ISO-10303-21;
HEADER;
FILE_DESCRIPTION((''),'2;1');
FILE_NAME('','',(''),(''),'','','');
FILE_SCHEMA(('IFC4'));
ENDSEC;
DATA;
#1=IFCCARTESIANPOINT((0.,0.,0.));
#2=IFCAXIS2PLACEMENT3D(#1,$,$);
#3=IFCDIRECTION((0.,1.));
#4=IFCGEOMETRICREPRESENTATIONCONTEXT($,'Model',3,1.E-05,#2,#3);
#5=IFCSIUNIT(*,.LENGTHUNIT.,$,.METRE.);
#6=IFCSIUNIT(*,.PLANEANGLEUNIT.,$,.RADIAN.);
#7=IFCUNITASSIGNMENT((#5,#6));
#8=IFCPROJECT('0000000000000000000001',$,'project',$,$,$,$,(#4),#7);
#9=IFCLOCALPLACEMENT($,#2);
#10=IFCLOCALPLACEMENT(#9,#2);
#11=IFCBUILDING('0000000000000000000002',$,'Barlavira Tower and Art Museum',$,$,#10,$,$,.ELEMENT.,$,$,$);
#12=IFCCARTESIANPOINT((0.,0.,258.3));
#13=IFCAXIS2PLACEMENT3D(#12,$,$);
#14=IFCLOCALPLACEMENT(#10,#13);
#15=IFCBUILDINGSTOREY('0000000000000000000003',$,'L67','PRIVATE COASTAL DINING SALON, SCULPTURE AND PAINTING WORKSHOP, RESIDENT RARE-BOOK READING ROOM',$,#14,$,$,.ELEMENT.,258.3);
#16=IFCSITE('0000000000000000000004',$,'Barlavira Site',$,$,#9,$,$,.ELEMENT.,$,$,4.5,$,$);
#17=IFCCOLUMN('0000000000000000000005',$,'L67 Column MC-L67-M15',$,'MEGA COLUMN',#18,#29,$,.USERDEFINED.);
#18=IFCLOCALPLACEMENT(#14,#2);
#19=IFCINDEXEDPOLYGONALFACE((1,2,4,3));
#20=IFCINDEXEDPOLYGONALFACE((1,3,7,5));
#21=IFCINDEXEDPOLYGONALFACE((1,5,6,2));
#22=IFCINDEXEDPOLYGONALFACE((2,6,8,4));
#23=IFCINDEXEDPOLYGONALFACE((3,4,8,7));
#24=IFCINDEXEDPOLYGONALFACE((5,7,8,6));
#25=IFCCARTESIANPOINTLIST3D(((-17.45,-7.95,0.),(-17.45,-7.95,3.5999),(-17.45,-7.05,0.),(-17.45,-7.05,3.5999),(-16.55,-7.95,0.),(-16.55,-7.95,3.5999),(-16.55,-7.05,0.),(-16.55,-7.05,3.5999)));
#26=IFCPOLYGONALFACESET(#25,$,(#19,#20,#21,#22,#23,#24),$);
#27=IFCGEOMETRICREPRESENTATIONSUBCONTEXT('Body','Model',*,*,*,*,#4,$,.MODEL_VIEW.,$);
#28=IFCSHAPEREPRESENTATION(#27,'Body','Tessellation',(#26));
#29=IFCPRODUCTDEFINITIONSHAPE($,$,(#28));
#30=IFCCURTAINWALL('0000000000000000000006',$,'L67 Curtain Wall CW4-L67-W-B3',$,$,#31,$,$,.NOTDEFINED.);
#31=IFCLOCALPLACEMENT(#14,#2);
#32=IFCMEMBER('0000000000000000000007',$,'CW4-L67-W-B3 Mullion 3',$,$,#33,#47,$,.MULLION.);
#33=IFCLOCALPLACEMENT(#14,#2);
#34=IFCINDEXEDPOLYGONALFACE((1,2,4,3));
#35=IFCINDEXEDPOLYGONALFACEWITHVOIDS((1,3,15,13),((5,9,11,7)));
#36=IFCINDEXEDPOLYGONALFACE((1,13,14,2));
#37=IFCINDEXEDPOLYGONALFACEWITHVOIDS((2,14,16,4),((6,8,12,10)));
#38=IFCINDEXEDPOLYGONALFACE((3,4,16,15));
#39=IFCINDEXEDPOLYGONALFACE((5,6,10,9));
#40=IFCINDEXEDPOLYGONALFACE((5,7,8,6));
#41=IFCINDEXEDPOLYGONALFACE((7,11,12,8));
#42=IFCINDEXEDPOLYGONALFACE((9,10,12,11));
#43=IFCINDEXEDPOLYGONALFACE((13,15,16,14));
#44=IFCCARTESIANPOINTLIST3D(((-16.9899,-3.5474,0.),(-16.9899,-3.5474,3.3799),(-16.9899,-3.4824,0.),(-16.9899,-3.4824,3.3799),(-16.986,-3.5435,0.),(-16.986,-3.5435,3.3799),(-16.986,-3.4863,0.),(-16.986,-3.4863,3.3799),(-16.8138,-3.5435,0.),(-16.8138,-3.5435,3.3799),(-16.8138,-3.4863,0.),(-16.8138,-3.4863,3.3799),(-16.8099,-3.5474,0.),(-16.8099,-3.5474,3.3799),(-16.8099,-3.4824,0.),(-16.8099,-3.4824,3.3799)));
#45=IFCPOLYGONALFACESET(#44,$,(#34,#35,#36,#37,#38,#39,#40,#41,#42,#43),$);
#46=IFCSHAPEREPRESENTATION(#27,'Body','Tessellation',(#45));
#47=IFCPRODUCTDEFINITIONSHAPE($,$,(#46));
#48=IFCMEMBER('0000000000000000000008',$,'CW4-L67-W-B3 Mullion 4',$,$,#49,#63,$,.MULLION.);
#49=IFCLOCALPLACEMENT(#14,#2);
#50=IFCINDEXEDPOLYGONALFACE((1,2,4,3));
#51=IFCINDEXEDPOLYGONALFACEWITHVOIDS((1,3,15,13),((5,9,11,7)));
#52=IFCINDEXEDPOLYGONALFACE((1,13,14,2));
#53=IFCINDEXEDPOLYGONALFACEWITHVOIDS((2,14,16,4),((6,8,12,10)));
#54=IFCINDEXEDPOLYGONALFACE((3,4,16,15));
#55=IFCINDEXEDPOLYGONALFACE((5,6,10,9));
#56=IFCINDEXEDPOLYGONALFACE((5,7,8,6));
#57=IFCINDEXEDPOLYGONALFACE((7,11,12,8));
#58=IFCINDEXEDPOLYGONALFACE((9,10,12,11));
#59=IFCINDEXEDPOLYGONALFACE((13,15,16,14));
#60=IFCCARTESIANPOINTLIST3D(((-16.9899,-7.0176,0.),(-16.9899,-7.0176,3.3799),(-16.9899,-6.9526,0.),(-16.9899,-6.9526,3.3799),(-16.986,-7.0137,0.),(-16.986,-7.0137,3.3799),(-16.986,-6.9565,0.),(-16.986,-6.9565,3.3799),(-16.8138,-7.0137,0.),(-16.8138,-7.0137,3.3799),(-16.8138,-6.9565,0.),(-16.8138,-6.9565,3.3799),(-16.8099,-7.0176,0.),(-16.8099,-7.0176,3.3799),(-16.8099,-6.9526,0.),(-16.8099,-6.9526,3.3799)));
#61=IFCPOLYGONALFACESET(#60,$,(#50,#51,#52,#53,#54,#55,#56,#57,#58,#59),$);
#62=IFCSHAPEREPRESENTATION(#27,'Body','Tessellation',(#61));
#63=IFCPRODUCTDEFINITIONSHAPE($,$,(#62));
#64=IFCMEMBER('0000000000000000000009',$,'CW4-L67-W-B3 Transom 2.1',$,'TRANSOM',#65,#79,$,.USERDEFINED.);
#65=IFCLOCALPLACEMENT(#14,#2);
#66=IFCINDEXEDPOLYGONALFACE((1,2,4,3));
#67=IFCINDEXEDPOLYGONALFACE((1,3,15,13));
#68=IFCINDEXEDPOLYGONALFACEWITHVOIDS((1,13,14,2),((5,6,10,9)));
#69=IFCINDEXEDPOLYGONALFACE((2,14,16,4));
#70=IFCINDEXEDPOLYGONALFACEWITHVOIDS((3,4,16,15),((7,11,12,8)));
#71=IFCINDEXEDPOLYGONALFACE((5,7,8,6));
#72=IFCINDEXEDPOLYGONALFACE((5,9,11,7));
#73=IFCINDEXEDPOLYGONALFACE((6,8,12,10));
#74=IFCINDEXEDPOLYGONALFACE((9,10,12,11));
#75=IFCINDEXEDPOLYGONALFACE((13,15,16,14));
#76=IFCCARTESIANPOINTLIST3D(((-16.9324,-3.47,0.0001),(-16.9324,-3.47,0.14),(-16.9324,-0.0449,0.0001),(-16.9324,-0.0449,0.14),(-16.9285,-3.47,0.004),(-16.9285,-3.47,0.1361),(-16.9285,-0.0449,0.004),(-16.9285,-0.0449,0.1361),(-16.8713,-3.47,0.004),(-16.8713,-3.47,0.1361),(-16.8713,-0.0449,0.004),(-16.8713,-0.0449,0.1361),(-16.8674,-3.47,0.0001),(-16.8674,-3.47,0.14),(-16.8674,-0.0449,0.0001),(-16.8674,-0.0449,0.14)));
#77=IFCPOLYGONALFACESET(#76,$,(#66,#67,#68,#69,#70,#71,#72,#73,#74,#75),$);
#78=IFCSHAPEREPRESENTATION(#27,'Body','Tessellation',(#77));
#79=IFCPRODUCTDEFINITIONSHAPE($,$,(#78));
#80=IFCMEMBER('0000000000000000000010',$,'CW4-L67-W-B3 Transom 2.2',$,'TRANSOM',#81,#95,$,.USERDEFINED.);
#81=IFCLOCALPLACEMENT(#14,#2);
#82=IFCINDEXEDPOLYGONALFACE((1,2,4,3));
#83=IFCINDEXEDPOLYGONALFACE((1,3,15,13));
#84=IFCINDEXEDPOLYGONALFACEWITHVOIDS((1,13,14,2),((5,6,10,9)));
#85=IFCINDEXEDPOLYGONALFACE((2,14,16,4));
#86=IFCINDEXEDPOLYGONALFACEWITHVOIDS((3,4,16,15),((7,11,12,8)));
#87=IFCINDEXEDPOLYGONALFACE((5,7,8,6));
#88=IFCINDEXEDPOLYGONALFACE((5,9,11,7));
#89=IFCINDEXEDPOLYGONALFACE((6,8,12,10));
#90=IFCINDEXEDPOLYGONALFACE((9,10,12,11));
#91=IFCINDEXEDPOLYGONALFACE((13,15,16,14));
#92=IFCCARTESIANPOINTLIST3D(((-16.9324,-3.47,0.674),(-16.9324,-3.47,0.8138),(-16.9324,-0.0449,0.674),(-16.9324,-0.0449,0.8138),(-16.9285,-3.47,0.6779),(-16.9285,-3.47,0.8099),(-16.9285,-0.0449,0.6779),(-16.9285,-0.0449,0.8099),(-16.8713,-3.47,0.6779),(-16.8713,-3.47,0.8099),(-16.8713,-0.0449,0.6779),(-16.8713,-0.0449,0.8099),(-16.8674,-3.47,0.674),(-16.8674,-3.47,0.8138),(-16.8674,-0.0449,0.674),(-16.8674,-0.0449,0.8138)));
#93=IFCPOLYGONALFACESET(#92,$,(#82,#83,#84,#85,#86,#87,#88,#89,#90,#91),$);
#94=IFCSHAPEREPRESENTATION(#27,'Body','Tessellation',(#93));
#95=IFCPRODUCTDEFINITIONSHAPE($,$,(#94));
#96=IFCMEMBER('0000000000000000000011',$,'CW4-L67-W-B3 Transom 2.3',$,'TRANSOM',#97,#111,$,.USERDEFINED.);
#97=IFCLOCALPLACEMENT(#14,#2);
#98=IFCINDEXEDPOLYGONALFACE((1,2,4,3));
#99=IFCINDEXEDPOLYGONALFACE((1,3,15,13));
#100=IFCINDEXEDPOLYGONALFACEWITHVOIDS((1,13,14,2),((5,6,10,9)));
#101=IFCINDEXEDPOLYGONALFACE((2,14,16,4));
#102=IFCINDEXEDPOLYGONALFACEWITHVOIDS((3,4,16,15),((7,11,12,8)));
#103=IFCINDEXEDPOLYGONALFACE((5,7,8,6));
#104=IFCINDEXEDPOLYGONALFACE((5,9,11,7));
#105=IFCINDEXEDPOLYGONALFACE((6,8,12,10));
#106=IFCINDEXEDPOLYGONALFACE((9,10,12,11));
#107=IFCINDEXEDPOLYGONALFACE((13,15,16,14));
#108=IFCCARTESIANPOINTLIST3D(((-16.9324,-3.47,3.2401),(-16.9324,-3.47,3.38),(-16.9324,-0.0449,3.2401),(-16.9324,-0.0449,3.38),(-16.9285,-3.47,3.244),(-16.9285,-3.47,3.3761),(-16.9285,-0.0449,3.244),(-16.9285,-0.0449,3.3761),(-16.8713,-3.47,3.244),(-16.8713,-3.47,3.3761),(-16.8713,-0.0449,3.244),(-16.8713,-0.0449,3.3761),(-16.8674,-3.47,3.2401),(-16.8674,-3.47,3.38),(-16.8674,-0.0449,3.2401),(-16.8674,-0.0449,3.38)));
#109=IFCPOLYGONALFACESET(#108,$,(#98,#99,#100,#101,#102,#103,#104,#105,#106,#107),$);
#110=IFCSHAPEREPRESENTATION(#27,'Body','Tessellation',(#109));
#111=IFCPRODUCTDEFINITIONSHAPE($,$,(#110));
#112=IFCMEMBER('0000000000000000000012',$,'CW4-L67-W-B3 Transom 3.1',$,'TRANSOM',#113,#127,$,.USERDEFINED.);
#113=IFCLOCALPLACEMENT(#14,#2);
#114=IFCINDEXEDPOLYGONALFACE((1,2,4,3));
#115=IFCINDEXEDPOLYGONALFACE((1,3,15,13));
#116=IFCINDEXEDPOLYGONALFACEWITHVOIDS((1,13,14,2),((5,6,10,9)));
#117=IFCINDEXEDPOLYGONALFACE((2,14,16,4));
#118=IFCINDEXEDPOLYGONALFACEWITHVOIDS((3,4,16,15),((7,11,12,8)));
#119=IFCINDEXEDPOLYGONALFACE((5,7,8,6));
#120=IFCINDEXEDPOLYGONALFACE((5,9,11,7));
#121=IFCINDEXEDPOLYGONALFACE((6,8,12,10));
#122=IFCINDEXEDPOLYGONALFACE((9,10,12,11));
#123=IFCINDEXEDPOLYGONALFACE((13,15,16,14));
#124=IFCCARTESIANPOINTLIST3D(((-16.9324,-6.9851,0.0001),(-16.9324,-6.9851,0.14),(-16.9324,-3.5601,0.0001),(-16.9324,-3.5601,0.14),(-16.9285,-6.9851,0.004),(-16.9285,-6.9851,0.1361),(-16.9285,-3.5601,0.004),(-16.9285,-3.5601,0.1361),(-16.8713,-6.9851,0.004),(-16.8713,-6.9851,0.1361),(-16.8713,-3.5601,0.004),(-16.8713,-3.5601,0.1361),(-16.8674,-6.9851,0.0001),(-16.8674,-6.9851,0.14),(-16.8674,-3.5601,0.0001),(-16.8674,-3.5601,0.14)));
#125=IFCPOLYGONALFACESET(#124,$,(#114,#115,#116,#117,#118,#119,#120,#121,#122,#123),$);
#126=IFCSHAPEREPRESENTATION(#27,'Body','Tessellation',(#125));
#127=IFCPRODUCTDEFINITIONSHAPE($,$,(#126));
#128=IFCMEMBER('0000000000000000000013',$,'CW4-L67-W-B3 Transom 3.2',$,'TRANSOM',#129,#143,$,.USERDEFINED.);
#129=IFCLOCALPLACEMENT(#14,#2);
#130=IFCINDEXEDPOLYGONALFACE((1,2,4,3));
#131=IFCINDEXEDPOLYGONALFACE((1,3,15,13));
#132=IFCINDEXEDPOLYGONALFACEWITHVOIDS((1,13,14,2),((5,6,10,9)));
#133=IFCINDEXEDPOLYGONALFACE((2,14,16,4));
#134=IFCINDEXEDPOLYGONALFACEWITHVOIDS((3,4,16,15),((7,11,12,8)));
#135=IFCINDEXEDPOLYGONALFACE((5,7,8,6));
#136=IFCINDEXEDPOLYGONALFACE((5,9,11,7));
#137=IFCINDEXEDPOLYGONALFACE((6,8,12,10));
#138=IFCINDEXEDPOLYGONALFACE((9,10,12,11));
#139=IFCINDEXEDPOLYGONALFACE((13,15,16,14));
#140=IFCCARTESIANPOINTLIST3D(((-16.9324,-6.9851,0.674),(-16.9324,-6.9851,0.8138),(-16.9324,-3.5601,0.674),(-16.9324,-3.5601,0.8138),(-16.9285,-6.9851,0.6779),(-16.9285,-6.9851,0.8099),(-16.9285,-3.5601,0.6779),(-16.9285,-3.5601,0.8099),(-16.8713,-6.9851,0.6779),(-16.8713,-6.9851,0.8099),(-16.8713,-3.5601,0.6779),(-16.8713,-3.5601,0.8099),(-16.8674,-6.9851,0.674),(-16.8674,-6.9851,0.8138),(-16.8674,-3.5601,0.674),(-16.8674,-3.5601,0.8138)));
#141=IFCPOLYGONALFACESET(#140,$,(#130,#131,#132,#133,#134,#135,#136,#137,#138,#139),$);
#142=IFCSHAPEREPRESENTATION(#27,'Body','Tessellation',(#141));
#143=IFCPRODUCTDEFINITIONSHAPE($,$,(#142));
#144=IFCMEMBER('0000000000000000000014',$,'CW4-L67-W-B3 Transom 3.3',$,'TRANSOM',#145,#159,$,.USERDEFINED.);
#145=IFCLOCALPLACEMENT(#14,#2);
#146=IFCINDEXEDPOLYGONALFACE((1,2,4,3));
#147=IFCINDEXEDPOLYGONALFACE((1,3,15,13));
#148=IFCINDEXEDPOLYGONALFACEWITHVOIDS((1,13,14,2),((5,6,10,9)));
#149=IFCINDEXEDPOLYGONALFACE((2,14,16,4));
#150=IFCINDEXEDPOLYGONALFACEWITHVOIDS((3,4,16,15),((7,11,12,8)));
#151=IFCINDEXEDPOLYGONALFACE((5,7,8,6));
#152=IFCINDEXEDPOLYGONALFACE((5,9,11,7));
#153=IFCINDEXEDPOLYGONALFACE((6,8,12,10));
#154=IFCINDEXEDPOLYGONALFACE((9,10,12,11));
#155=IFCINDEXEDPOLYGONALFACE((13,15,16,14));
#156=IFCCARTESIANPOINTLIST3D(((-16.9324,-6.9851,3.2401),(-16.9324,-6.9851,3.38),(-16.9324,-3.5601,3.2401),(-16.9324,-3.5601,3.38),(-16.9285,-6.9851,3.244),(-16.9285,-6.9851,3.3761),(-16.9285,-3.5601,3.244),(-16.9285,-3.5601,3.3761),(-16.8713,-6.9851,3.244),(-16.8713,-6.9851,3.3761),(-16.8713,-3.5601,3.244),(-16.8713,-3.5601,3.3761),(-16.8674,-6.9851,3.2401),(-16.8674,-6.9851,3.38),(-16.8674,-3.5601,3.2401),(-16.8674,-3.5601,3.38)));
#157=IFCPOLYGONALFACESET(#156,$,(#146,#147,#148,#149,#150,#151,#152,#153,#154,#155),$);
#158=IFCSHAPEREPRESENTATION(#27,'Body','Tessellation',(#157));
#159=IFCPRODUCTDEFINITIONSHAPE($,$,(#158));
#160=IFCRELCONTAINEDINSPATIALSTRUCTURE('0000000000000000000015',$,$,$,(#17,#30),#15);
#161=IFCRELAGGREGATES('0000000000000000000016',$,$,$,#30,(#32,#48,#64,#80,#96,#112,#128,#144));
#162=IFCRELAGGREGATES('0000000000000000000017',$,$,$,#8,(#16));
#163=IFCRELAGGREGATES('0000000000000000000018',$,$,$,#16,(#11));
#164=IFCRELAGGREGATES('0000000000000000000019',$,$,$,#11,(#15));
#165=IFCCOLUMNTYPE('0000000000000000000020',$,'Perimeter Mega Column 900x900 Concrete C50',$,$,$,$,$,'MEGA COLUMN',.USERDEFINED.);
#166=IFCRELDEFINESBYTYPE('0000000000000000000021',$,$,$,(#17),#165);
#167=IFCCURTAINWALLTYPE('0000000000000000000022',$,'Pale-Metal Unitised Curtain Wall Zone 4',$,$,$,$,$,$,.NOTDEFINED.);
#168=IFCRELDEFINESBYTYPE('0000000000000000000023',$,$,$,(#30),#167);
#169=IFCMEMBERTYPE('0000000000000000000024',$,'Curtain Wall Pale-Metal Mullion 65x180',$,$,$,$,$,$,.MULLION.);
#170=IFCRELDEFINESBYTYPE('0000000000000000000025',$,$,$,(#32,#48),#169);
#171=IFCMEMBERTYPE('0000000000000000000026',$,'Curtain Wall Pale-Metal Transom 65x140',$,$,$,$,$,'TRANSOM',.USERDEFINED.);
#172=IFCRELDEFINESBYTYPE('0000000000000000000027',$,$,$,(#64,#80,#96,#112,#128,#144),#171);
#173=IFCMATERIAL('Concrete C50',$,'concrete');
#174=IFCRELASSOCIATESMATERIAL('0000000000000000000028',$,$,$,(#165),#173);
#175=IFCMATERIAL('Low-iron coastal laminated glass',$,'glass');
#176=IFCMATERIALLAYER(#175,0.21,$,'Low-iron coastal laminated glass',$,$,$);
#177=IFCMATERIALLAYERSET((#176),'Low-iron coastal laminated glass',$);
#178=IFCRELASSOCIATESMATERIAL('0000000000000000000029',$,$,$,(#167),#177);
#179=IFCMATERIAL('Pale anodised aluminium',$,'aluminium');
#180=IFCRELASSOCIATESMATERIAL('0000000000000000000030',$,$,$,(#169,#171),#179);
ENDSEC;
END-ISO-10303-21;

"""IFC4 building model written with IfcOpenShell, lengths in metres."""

from ifc_helpers import new_model, si_unit, direction, frame, origin, origin_2d, place, context, subcontext, project, spatial, rectangle, hollow_rectangle, extrude, material, layer, layer_set, material_profile, profile_set, type_object, element, aggregate, save


model = new_model("IFC4")

# Units and contexts
model_context = context("Model", 3, precision=1e-05, world=origin(), true_north=direction((0.0, 1.0)))
body_context = subcontext(model_context, "Body", "Model", "MODEL_VIEW")
ifc_project = project(units=[si_unit("LENGTHUNIT", "METRE"), si_unit("PLANEANGLEUNIT", "RADIAN")], contexts=[model_context])

# Site, building, storey
site_placement = place(None, origin())
site = spatial("IfcSite", under=ifc_project, at=site_placement, Name="Barlavira Site", CompositionType="ELEMENT", RefElevation=4.5)
building_placement = place(site_placement, origin())
building = spatial("IfcBuilding", under=site, at=building_placement, Name="Barlavira Tower and Art Museum", CompositionType="ELEMENT")
storey_placement = place(building_placement, frame((0.0, 0.0, 258.3)))
storey = spatial("IfcBuildingStorey", under=building, at=storey_placement, Name="L67", Description="PRIVATE COASTAL DINING SALON, SCULPTURE AND PAINTING WORKSHOP, RESIDENT RARE-BOOK READING ROOM", CompositionType="ELEMENT", Elevation=258.3)

# Column
ifc_material_1 = material(Name="Concrete C50", Category="concrete")
ifc_material_profile_1 = material_profile(ifc_material_1, rectangle(XDim=0.8999, YDim=0.8999, at=origin_2d()), Name="RC-COL 900x900")
ifc_profile_set_1 = profile_set([ifc_material_profile_1], Name="Concrete C50")
column_type = type_object("IfcColumnType", Name="Perimeter Mega Column 900x900 Concrete C50", ElementType="MEGA COLUMN", PredefinedType="USERDEFINED", material=ifc_profile_set_1)
column_placement = place(storey_placement, frame((-17.0, -7.5, 0.0), z_axis=(0.0, 0.0, 1.0), x_axis=(1.0, 0.0, 0.0)))
element("IfcColumn", 1, at=column_placement, inside=storey, type_object=column_type, Name="L67 Column MC-L67-M15", ObjectType="MEGA COLUMN", PredefinedType="USERDEFINED", context=body_context, shape_type="SweptSolid", body=[
    extrude(rectangle(XDim=0.8999, YDim=0.8999, at=origin_2d()), origin(), (0.0, 0.0, 1.0), 3.5999),
])

# Curtain wall, members
ifc_material_2 = material(Name="Low-iron coastal laminated glass", Category="glass")
ifc_layer_1 = layer(ifc_material_2, 0.21, Name="Low-iron coastal laminated glass")
ifc_layer_set_1 = layer_set([ifc_layer_1], Name="Low-iron coastal laminated glass")
curtain_wall_type = type_object("IfcCurtainWallType", Name="Pale-Metal Unitised Curtain Wall Zone 4", PredefinedType="NOTDEFINED", material=ifc_layer_set_1)
curtain_wall_placement = place(storey_placement, origin())
curtain_wall = element("IfcCurtainWall", 2, at=curtain_wall_placement, inside=storey, type_object=curtain_wall_type, Name="L67 Curtain Wall CW4-L67-W-B3", PredefinedType="NOTDEFINED")
ifc_material_3 = material(Name="Pale anodised aluminium", Category="aluminium")
ifc_material_profile_2 = material_profile(ifc_material_3, hollow_rectangle(XDim=0.0649, YDim=0.1799, WallThickness=0.0039, at=origin_2d()), Name="ALU-MULL 65x180x4")
ifc_profile_set_2 = profile_set([ifc_material_profile_2], Name="Pale anodised aluminium")
member_type_1 = type_object("IfcMemberType", Name="Curtain Wall Pale-Metal Mullion 65x180", PredefinedType="MULLION", material=ifc_profile_set_2)
member_1_placement = place(storey_placement, frame((-16.8999, -3.5149, 0.0), z_axis=(0.0, 0.0, 1.0), x_axis=(0.0, -1.0, 0.0)))
member_1 = element("IfcMember", 3, at=member_1_placement, type_object=member_type_1, Name="CW4-L67-W-B3 Mullion 3", PredefinedType="MULLION", context=body_context, shape_type="SweptSolid", body=[
    extrude(hollow_rectangle(XDim=0.0649, YDim=0.1799, WallThickness=0.0039, at=origin_2d()), origin(), (0.0, 0.0, 1.0), 3.3799),
])
member_2_placement = place(storey_placement, frame((-16.8999, -6.9851, 0.0), z_axis=(0.0, 0.0, 1.0), x_axis=(0.0, -1.0, 0.0)))
member_2 = element("IfcMember", 4, at=member_2_placement, type_object=member_type_1, Name="CW4-L67-W-B3 Mullion 4", PredefinedType="MULLION", context=body_context, shape_type="SweptSolid", body=[
    extrude(hollow_rectangle(XDim=0.0649, YDim=0.1799, WallThickness=0.0039, at=origin_2d()), origin(), (0.0, 0.0, 1.0), 3.3799),
])
ifc_material_profile_3 = material_profile(ifc_material_3, hollow_rectangle(XDim=0.0649, YDim=0.1399, WallThickness=0.0039, at=origin_2d()), Name="ALU-TRAN 65x140x4")
ifc_profile_set_3 = profile_set([ifc_material_profile_3], Name="Pale anodised aluminium")
member_type_2 = type_object("IfcMemberType", Name="Curtain Wall Pale-Metal Transom 65x140", ElementType="TRANSOM", PredefinedType="USERDEFINED", material=ifc_profile_set_3)
member_3_placement = place(storey_placement, frame((-16.8999, -0.0449, 0.0701), z_axis=(0.0, -1.0, 0.0), x_axis=(1.0, 0.0, 0.0)))
member_3 = element("IfcMember", 5, at=member_3_placement, type_object=member_type_2, Name="CW4-L67-W-B3 Transom 2.1", ObjectType="TRANSOM", PredefinedType="USERDEFINED", context=body_context, shape_type="SweptSolid", body=[
    extrude(hollow_rectangle(XDim=0.0649, YDim=0.1399, WallThickness=0.0039, at=origin_2d()), origin(), (0.0, 0.0, 1.0), 3.425),
])
member_4_placement = place(storey_placement, frame((-16.8999, -0.0449, 0.7439), z_axis=(0.0, -1.0, 0.0), x_axis=(1.0, 0.0, 0.0)))
member_4 = element("IfcMember", 6, at=member_4_placement, type_object=member_type_2, Name="CW4-L67-W-B3 Transom 2.2", ObjectType="TRANSOM", PredefinedType="USERDEFINED", context=body_context, shape_type="SweptSolid", body=[
    extrude(hollow_rectangle(XDim=0.0649, YDim=0.1399, WallThickness=0.0039, at=origin_2d()), origin(), (0.0, 0.0, 1.0), 3.425),
])
member_5_placement = place(storey_placement, frame((-16.8999, -0.0449, 3.3101), z_axis=(0.0, -1.0, 0.0), x_axis=(1.0, 0.0, 0.0)))
member_5 = element("IfcMember", 7, at=member_5_placement, type_object=member_type_2, Name="CW4-L67-W-B3 Transom 2.3", ObjectType="TRANSOM", PredefinedType="USERDEFINED", context=body_context, shape_type="SweptSolid", body=[
    extrude(hollow_rectangle(XDim=0.0649, YDim=0.1399, WallThickness=0.0039, at=origin_2d()), origin(), (0.0, 0.0, 1.0), 3.425),
])
member_6_placement = place(storey_placement, frame((-16.8999, -3.5601, 0.0701), z_axis=(0.0, -1.0, 0.0), x_axis=(1.0, 0.0, 0.0)))
member_6 = element("IfcMember", 8, at=member_6_placement, type_object=member_type_2, Name="CW4-L67-W-B3 Transom 3.1", ObjectType="TRANSOM", PredefinedType="USERDEFINED", context=body_context, shape_type="SweptSolid", body=[
    extrude(hollow_rectangle(XDim=0.0649, YDim=0.1399, WallThickness=0.0039, at=origin_2d()), origin(), (0.0, 0.0, 1.0), 3.425),
])
member_7_placement = place(storey_placement, frame((-16.8999, -3.5601, 0.7439), z_axis=(0.0, -1.0, 0.0), x_axis=(1.0, 0.0, 0.0)))
member_7 = element("IfcMember", 9, at=member_7_placement, type_object=member_type_2, Name="CW4-L67-W-B3 Transom 3.2", ObjectType="TRANSOM", PredefinedType="USERDEFINED", context=body_context, shape_type="SweptSolid", body=[
    extrude(hollow_rectangle(XDim=0.0649, YDim=0.1399, WallThickness=0.0039, at=origin_2d()), origin(), (0.0, 0.0, 1.0), 3.425),
])
member_8_placement = place(storey_placement, frame((-16.8999, -3.5601, 3.3101), z_axis=(0.0, -1.0, 0.0), x_axis=(1.0, 0.0, 0.0)))
member_8 = element("IfcMember", 10, at=member_8_placement, type_object=member_type_2, Name="CW4-L67-W-B3 Transom 3.3", ObjectType="TRANSOM", PredefinedType="USERDEFINED", context=body_context, shape_type="SweptSolid", body=[
    extrude(hollow_rectangle(XDim=0.0649, YDim=0.1399, WallThickness=0.0039, at=origin_2d()), origin(), (0.0, 0.0, 1.0), 3.425),
])

aggregate(curtain_wall, [member_1, member_2, member_3, member_4, member_5, member_6, member_7, member_8])

save(model, "model.ifc")
